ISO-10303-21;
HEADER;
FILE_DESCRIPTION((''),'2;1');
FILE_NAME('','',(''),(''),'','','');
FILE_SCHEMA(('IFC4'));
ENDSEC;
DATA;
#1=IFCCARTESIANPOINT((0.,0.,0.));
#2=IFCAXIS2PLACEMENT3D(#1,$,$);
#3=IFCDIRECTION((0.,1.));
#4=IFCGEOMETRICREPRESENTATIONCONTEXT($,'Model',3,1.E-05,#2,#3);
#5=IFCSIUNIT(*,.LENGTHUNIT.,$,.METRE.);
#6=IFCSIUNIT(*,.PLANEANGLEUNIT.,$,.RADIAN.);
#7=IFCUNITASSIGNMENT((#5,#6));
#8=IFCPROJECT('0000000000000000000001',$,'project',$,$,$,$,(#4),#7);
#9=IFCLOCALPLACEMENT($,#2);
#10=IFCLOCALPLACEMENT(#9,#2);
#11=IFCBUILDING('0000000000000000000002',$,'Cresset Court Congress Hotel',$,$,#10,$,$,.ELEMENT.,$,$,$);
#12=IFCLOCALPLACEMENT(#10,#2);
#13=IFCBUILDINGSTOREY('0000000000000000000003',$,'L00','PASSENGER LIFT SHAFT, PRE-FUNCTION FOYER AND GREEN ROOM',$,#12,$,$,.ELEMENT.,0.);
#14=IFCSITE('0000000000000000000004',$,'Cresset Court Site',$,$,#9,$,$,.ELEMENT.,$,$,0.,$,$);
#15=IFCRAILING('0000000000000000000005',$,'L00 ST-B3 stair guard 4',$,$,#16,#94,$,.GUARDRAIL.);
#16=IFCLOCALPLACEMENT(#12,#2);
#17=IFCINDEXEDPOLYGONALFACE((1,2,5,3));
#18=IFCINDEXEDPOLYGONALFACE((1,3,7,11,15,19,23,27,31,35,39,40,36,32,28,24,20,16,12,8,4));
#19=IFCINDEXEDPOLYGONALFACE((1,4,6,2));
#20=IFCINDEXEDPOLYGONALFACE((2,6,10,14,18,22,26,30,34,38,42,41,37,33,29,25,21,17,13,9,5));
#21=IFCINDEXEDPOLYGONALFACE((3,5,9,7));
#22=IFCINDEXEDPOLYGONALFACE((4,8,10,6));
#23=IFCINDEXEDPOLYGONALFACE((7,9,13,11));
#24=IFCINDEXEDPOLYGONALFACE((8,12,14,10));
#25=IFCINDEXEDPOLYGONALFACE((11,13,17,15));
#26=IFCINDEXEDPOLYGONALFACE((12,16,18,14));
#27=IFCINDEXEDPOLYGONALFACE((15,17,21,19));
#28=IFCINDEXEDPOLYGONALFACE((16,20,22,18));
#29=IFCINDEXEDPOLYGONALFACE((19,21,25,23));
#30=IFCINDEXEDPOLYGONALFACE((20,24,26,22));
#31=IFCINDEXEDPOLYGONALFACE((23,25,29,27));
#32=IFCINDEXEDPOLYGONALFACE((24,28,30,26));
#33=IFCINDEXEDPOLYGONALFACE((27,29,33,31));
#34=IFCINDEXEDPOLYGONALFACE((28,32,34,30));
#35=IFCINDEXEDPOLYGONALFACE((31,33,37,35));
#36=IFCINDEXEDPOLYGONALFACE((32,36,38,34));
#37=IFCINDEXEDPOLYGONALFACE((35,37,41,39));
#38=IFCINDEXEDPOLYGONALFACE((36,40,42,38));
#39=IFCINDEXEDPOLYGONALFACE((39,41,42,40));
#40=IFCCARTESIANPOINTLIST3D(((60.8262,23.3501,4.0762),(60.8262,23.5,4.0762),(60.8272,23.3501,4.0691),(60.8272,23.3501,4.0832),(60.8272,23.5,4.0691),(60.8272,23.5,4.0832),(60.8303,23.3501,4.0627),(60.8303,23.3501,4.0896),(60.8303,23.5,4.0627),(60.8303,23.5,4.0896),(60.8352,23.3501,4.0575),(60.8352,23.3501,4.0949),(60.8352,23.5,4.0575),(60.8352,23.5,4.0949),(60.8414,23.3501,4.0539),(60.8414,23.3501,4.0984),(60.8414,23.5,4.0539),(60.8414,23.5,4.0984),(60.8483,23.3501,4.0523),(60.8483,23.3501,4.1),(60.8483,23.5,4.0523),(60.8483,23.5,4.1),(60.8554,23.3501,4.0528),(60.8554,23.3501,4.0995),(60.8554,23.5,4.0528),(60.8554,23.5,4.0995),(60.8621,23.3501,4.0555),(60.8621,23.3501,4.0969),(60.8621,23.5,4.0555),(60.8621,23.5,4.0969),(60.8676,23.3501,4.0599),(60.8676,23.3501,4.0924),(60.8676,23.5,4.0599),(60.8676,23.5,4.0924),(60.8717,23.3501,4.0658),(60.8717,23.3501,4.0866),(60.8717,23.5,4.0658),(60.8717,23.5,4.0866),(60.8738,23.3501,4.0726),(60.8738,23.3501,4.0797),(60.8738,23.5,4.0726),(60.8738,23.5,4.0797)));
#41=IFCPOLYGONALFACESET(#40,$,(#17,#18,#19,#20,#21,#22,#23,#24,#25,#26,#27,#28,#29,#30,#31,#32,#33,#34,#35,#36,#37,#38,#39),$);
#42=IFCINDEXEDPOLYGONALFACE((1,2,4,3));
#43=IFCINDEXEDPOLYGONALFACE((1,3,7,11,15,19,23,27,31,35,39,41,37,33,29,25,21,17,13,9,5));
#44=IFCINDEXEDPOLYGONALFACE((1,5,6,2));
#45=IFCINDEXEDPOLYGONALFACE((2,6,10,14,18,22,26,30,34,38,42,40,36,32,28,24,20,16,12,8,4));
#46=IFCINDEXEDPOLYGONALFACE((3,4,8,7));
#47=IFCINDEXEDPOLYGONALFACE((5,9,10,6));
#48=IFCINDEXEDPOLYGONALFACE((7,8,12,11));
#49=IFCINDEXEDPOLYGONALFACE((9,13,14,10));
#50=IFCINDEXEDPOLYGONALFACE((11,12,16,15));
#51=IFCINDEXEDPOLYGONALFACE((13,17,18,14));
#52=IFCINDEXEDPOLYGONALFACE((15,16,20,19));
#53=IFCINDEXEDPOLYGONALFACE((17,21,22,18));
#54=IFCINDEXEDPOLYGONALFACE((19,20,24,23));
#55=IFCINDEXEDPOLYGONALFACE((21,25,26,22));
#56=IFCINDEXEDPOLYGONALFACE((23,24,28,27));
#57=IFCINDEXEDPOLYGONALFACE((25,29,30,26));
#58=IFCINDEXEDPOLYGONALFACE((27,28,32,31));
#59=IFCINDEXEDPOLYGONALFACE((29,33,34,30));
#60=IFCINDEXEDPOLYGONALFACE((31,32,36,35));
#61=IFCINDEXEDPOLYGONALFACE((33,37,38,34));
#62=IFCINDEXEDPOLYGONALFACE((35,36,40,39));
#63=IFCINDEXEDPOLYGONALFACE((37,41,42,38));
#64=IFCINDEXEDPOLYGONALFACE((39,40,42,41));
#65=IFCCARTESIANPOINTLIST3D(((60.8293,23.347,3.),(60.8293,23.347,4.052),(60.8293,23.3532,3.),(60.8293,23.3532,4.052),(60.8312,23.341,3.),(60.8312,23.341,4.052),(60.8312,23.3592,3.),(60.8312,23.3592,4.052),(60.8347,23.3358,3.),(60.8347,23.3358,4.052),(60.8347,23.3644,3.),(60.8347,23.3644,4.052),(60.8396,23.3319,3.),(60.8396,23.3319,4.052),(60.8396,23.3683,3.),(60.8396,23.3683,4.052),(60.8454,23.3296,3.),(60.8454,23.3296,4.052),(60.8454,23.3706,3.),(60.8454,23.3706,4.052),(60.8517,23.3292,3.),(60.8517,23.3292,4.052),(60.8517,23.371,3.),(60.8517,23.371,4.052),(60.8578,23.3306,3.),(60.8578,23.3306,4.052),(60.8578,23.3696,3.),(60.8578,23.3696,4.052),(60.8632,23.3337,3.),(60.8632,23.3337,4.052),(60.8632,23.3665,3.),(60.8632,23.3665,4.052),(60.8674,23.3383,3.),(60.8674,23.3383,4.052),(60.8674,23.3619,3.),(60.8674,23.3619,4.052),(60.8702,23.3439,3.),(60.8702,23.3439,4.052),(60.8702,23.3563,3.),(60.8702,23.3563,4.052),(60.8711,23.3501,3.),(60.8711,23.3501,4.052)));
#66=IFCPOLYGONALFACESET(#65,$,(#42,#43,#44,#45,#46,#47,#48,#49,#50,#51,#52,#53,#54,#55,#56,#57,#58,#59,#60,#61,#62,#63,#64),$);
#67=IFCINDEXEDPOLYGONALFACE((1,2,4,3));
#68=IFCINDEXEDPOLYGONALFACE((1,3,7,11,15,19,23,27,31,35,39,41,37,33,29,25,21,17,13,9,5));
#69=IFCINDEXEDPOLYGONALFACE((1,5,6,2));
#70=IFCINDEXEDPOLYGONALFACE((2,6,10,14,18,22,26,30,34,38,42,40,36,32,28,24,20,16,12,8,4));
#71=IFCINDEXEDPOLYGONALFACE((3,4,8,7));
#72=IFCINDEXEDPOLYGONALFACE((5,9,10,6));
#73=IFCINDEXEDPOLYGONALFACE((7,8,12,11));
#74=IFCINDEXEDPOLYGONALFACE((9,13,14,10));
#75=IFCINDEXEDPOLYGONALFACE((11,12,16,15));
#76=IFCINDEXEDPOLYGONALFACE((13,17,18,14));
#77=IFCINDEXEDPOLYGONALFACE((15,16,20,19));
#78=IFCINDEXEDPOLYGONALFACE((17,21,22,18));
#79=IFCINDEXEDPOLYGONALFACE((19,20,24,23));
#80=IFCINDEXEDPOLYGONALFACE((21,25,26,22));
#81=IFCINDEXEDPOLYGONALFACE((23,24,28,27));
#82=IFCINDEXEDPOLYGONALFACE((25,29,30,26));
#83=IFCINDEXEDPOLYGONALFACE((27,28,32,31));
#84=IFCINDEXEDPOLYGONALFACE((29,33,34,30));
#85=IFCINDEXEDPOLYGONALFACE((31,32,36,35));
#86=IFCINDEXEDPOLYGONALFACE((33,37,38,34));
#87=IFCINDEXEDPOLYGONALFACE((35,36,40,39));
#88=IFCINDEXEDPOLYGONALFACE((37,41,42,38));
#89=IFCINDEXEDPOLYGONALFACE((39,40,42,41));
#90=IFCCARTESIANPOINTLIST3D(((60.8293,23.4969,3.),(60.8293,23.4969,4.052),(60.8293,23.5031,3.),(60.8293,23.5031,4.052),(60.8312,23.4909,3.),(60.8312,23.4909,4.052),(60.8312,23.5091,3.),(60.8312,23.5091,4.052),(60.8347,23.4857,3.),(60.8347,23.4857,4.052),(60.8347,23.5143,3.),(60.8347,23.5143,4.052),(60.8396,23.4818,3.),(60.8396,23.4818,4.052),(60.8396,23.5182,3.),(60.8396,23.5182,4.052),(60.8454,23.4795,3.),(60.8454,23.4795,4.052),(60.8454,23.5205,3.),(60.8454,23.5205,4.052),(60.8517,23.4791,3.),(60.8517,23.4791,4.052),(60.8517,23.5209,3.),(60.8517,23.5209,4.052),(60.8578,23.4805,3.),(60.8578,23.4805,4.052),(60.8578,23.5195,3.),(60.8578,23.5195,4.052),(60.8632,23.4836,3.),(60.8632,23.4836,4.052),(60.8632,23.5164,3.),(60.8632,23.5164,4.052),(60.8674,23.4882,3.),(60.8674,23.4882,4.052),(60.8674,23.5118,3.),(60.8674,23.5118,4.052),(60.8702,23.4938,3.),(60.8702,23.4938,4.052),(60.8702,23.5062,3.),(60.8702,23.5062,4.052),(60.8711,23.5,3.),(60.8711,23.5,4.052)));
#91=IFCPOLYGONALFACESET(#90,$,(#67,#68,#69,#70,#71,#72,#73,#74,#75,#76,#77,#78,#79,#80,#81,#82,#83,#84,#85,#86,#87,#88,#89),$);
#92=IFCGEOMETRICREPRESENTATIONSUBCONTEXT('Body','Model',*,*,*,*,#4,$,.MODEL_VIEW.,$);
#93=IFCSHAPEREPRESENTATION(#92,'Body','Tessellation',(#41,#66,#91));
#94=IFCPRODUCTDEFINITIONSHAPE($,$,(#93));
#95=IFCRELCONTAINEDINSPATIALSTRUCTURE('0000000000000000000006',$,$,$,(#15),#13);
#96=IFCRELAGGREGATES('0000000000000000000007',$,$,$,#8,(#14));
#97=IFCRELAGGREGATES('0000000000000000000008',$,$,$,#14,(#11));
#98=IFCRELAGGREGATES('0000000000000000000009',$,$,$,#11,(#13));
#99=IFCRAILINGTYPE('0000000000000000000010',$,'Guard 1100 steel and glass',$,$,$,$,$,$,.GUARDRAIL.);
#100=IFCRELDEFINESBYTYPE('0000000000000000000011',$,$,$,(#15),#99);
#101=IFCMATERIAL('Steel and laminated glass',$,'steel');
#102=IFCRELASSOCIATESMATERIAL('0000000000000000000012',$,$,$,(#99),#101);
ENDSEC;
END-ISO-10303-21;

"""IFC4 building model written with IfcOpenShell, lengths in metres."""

from ifc_helpers import new_model, si_unit, direction, frame, origin, origin_2d, place, context, subcontext, project, spatial, circle, extrude, material, type_object, element, save


model = new_model("IFC4")

# Units and contexts
model_context = context("Model", 3, precision=1e-05, world=origin(), true_north=direction((0.0, 1.0)))
body_context = subcontext(model_context, "Body", "Model", "MODEL_VIEW")
ifc_project = project(units=[si_unit("LENGTHUNIT", "METRE"), si_unit("PLANEANGLEUNIT", "RADIAN")], contexts=[model_context])

# Site, building, storey
site_placement = place(None, origin())
site = spatial("IfcSite", under=ifc_project, at=site_placement, Name="Cresset Court Site", CompositionType="ELEMENT", RefElevation=0.0)
building_placement = place(site_placement, origin())
building = spatial("IfcBuilding", under=site, at=building_placement, Name="Cresset Court Congress Hotel", CompositionType="ELEMENT")
storey_placement = place(building_placement, origin())
storey = spatial("IfcBuildingStorey", under=building, at=storey_placement, Name="L00", Description="PASSENGER LIFT SHAFT, PRE-FUNCTION FOYER AND GREEN ROOM", CompositionType="ELEMENT", Elevation=0.0)

# Railing
ifc_material_1 = material(Name="Steel and laminated glass", Category="steel")
railing_type_1 = type_object("IfcRailingType", Name="Guard 1100 steel and glass", PredefinedType="GUARDRAIL", material=ifc_material_1)
railing_1_placement = place(storey_placement, frame((60.8501, 23.3501, 3.0)))
element("IfcRailing", 1, at=railing_1_placement, inside=storey, type_object=railing_type_1, Name="L00 ST-B3 stair guard 4", PredefinedType="GUARDRAIL", context=body_context, shape_type="SweptSolid", body=[
    extrude(circle(Radius=0.0239, at=origin_2d()), frame((0.0, 0.0, 1.0762), z_axis=(0.0, 1.0, 0.0), x_axis=(-1.0, 0.0, 0.0)), (0.0, 0.0, 1.0), 0.1499),
    extrude(circle(Radius=0.021, at=origin_2d()), origin(), (0.0, 0.0, 1.0), 1.052),
    extrude(circle(Radius=0.021, at=origin_2d()), frame((0.0, 0.1499, 0.0)), (0.0, 0.0, 1.0), 1.052),
])

save(model, "model.ifc")
